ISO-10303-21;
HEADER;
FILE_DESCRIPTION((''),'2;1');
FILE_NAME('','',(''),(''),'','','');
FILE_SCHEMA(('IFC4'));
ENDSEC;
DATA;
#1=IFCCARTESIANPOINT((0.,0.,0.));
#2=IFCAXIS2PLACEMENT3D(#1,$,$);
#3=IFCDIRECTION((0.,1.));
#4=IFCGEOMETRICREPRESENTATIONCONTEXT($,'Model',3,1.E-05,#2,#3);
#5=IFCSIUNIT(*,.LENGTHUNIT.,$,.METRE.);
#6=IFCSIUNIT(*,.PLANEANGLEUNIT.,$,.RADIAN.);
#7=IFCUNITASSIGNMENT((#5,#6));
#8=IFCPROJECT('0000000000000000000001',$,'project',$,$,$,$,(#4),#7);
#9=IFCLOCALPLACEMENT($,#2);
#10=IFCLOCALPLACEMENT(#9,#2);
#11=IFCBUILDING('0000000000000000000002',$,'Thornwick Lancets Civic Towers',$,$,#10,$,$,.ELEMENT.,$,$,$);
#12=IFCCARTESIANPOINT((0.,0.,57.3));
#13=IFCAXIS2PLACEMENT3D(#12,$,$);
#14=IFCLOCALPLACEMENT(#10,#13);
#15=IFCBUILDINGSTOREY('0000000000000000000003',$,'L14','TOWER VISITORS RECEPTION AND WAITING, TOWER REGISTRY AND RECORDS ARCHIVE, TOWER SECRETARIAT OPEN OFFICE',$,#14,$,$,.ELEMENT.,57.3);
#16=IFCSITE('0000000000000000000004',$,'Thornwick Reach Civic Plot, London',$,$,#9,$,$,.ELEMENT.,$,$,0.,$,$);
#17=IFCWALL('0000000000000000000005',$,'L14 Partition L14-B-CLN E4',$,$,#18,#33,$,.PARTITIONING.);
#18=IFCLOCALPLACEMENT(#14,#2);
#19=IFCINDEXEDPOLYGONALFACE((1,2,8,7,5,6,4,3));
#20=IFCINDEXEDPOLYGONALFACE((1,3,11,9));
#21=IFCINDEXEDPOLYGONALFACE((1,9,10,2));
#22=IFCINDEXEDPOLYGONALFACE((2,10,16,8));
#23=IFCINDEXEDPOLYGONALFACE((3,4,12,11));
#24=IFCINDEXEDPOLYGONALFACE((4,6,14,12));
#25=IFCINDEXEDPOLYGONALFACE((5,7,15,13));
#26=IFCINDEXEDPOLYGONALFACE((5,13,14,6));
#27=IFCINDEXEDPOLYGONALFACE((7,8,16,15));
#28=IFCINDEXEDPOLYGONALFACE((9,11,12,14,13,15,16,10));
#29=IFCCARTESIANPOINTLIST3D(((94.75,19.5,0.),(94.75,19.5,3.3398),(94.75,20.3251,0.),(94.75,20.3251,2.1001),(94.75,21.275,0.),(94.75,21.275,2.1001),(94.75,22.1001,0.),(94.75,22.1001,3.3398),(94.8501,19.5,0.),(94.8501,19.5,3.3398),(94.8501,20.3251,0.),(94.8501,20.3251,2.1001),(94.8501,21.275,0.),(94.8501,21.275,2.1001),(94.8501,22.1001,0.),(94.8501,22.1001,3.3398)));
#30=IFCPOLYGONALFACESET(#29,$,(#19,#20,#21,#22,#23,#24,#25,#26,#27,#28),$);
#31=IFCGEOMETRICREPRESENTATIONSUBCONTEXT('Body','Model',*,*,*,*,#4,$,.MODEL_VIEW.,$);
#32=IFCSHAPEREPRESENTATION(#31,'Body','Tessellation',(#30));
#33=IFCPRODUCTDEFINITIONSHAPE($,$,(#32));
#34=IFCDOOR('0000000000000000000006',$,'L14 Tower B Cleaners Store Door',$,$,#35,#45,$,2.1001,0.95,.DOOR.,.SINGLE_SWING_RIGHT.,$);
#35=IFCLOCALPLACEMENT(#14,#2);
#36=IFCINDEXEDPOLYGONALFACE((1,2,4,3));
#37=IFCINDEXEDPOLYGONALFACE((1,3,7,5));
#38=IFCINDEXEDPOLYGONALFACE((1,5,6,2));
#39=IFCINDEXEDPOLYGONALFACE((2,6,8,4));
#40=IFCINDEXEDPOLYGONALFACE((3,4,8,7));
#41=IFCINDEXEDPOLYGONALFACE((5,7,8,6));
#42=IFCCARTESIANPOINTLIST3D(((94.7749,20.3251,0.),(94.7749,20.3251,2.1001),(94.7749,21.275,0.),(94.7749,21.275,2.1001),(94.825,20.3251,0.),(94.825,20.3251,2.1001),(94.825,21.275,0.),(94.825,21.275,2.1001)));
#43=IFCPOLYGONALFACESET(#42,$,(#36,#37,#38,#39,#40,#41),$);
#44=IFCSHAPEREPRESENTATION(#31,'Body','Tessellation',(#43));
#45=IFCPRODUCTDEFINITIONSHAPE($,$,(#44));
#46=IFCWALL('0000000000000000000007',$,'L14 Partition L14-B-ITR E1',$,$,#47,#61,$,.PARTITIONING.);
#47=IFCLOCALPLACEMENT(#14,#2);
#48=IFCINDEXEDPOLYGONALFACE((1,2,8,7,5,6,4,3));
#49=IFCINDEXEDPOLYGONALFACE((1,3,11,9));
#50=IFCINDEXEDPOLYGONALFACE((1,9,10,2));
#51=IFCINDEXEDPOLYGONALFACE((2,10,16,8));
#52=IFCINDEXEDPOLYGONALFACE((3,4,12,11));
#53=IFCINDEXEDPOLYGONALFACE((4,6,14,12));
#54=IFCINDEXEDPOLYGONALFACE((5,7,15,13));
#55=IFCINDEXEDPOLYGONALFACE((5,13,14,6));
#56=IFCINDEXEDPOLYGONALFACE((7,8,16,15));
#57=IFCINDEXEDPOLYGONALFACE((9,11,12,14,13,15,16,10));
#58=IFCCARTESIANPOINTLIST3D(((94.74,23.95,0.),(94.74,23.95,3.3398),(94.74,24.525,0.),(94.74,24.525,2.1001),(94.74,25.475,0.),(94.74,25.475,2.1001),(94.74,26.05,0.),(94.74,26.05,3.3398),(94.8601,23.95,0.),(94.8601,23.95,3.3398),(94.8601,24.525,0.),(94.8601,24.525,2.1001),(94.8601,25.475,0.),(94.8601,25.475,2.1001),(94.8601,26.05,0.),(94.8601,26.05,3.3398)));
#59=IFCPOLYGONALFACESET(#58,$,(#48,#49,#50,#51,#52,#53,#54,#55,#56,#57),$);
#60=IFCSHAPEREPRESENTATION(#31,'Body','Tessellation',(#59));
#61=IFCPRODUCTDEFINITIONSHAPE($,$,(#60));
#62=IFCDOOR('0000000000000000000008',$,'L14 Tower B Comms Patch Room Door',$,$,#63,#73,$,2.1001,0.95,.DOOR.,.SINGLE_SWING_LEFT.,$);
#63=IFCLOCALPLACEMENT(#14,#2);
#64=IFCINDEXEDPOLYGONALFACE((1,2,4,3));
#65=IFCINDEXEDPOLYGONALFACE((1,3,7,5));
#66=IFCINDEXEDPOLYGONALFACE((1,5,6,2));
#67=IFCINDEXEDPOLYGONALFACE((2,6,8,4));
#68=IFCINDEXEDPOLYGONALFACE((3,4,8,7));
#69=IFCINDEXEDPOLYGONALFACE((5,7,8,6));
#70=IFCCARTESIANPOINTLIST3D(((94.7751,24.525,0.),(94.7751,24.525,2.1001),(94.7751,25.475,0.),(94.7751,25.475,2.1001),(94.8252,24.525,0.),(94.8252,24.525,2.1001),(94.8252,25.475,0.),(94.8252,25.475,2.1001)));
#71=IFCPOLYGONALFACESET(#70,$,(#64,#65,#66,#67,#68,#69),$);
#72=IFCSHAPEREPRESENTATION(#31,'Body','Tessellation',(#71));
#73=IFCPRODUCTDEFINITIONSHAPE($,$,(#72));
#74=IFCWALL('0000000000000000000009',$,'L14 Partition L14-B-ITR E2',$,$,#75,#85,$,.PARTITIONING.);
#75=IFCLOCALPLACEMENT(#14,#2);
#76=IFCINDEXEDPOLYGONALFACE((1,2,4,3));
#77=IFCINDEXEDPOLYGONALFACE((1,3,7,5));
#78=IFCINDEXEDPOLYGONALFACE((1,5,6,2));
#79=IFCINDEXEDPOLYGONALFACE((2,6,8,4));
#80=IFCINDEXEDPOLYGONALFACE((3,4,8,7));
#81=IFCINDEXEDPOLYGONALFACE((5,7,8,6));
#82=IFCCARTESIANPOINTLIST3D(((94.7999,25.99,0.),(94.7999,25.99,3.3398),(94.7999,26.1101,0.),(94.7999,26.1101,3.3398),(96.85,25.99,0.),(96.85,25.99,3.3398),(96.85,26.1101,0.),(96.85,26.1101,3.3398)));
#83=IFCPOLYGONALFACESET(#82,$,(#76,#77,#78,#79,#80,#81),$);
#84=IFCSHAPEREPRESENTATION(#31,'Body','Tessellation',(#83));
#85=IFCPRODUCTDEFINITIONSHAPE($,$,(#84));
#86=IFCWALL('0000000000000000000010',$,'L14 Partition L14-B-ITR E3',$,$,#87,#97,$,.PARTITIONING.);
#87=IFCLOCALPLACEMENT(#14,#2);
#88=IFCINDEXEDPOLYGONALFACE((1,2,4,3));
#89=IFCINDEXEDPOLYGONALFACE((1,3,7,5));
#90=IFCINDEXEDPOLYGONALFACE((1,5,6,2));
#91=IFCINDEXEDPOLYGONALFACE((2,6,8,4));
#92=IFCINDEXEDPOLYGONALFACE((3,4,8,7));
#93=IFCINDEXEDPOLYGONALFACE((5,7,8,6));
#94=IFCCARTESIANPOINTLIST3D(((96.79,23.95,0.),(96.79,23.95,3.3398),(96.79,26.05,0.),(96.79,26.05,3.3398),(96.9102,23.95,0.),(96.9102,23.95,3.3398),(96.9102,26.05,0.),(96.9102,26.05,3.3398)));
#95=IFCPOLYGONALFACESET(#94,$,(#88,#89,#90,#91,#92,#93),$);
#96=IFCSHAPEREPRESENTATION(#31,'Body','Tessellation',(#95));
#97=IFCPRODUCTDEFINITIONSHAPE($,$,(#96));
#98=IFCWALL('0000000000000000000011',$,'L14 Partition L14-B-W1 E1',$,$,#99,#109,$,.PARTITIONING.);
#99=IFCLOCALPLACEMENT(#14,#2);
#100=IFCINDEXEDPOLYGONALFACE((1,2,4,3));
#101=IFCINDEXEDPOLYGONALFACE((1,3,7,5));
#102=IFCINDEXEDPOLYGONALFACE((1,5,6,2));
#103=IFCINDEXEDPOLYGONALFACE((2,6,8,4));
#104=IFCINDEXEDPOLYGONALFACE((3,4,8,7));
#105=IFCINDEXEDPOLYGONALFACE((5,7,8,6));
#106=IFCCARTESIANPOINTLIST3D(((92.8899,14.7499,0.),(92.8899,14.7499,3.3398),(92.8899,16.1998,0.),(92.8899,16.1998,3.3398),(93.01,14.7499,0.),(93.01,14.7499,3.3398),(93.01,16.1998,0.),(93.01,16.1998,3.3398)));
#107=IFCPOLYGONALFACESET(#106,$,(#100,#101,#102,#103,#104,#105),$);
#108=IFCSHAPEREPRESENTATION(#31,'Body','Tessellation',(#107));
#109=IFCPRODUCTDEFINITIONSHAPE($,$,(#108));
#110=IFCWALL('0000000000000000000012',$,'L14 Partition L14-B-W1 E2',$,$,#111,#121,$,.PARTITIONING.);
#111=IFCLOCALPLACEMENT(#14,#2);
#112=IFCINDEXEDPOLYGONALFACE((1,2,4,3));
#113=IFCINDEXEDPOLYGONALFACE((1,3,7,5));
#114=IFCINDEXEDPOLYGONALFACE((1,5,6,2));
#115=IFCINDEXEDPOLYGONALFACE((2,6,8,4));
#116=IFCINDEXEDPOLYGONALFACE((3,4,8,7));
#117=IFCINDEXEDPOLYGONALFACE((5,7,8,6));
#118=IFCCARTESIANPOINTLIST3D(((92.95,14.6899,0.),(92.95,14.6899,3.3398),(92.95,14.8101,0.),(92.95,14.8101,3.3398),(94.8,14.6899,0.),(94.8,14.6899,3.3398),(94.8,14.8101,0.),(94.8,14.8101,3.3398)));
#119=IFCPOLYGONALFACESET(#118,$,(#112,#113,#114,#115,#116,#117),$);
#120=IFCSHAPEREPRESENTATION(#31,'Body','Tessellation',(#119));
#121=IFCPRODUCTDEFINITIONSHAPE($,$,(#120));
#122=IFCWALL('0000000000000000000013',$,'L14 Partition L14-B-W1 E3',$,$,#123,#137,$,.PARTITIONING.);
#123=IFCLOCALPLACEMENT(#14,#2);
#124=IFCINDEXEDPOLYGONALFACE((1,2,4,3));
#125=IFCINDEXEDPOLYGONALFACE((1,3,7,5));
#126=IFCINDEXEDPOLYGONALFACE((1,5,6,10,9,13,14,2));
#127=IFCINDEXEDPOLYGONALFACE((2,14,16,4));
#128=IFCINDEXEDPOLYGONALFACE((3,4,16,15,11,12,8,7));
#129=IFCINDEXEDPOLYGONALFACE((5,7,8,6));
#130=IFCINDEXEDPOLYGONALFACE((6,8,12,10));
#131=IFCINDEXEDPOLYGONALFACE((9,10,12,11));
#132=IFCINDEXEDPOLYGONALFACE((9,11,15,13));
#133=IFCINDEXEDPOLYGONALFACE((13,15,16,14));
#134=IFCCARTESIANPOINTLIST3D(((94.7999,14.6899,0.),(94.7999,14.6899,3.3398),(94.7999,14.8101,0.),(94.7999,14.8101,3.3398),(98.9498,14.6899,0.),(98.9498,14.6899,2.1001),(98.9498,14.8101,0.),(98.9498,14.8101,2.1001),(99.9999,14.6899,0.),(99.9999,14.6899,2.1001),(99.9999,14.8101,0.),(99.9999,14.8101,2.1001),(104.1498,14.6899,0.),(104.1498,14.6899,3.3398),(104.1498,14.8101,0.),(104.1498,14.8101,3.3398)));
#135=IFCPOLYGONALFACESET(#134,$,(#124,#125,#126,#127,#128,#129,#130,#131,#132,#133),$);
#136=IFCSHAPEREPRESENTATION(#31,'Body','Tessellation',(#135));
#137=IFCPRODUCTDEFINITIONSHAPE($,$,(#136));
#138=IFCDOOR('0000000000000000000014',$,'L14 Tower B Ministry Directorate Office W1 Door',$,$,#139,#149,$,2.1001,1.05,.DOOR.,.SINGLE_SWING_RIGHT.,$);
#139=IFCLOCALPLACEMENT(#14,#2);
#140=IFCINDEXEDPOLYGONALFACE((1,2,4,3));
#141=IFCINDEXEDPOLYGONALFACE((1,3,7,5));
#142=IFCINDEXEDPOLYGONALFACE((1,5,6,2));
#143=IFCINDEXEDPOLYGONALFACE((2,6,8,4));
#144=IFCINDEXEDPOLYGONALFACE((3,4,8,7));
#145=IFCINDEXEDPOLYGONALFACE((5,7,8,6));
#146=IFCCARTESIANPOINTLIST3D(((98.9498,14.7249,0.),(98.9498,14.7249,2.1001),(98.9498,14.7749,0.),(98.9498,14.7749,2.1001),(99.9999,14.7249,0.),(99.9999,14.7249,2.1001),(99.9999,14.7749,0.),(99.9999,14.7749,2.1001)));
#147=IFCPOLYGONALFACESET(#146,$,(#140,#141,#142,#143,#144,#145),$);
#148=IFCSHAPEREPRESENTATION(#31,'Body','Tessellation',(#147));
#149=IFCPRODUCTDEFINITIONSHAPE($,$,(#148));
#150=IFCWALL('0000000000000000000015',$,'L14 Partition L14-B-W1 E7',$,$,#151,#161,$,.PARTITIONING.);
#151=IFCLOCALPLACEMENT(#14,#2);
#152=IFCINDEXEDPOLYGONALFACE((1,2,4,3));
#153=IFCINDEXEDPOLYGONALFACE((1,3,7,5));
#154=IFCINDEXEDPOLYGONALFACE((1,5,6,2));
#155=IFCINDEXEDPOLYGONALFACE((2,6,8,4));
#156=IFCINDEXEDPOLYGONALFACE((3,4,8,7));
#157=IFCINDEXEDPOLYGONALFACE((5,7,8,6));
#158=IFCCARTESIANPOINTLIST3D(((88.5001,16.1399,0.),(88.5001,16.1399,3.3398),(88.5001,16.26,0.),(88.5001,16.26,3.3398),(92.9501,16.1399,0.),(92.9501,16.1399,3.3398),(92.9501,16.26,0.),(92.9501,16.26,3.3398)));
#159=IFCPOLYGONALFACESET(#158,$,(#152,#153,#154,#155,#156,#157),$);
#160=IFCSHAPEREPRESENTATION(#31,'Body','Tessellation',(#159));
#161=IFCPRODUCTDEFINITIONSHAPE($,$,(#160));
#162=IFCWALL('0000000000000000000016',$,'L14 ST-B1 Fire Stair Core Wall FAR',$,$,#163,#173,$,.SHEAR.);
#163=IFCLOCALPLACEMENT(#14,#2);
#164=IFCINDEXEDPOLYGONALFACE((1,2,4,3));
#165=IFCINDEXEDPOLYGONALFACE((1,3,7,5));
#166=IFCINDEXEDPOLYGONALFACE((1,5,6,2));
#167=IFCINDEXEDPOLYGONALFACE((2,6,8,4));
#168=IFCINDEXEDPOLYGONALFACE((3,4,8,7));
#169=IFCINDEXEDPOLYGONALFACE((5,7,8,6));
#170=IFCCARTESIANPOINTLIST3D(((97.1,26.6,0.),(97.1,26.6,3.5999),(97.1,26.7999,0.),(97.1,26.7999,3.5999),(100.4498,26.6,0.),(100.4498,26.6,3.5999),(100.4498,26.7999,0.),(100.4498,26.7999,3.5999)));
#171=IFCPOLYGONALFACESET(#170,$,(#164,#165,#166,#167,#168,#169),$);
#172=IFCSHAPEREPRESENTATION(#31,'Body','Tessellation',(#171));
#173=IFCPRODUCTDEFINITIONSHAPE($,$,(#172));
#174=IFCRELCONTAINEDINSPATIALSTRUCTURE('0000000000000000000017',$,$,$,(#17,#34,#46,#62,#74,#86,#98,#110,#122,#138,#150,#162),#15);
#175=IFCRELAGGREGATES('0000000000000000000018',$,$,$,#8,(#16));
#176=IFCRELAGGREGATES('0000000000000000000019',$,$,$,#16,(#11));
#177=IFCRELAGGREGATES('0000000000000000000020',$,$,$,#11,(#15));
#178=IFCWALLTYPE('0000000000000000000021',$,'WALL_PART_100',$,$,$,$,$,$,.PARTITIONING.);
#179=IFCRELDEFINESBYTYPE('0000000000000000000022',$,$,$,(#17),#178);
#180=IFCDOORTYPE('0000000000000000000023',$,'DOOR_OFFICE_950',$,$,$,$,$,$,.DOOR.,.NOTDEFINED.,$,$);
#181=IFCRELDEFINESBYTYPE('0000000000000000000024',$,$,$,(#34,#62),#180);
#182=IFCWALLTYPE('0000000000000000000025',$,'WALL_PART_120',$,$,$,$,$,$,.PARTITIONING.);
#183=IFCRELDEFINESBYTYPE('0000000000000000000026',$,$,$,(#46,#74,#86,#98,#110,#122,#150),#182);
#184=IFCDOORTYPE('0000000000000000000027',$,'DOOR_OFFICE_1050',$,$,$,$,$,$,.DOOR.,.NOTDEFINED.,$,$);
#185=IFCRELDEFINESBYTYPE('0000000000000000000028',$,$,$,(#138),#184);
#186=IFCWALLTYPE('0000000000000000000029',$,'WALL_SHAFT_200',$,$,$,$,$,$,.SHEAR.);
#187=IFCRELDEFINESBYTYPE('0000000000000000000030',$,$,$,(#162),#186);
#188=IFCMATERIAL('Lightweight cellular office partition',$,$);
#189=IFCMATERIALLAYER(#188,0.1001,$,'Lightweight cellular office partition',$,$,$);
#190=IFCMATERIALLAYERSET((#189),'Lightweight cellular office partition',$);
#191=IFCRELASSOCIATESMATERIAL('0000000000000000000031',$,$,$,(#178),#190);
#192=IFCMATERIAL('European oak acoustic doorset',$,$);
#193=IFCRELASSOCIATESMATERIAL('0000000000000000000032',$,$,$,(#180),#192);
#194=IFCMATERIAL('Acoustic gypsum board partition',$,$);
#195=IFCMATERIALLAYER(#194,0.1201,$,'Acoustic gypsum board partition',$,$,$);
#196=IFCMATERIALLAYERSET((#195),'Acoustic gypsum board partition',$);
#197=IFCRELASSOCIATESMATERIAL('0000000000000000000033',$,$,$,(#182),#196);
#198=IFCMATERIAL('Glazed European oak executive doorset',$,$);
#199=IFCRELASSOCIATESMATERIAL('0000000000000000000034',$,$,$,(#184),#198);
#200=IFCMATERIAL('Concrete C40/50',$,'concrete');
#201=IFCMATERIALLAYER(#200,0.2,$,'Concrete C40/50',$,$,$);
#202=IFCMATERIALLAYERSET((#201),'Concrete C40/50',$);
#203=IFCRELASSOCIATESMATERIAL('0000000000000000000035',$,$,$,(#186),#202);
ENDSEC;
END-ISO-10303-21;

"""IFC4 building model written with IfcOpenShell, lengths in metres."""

from ifc_helpers import new_model, si_unit, direction, frame, frame_2d, origin, place, context, subcontext, project, spatial, rectangle, extrude, material, layer, layer_set, type_object, element, fill, save


model = new_model("IFC4")

# Units and contexts
model_context = context("Model", 3, precision=1e-05, world=origin(), true_north=direction((0.0, 1.0)))
body_context = subcontext(model_context, "Body", "Model", "MODEL_VIEW")
ifc_project = project(units=[si_unit("LENGTHUNIT", "METRE"), si_unit("PLANEANGLEUNIT", "RADIAN")], contexts=[model_context])

# Site, building, storey
site_placement = place(None, origin())
site = spatial("IfcSite", under=ifc_project, at=site_placement, Name="Thornwick Reach Civic Plot, London", CompositionType="ELEMENT", RefElevation=0.0)
building_placement = place(site_placement, origin())
building = spatial("IfcBuilding", under=site, at=building_placement, Name="Thornwick Lancets Civic Towers", CompositionType="ELEMENT")
storey_placement = place(building_placement, frame((0.0, 0.0, 57.3)))
storey = spatial("IfcBuildingStorey", under=building, at=storey_placement, Name="L14", Description="TOWER VISITORS RECEPTION AND WAITING, TOWER REGISTRY AND RECORDS ARCHIVE, TOWER SECRETARIAT OPEN OFFICE", CompositionType="ELEMENT", Elevation=57.3)

# Shared definitions
ifc_material_1 = material(Name="Lightweight cellular office partition")
ifc_layer_1 = layer(ifc_material_1, 0.1001, Name="Lightweight cellular office partition")
ifc_layer_set_1 = layer_set([ifc_layer_1], Name="Lightweight cellular office partition")
wall_type_1 = type_object("IfcWallType", Name="WALL_PART_100", PredefinedType="PARTITIONING", material=ifc_layer_set_1)

# Walls, openings, doors
wall_1_placement = place(storey_placement, frame((94.8, 22.1001, 0.0), z_axis=(0.0, 0.0, 1.0), x_axis=(0.0, -1.0, 0.0)))
wall_1 = element("IfcWall", 1, at=wall_1_placement, inside=storey, type_object=wall_type_1, Name="L14 Partition L14-B-CLN E4", PredefinedType="PARTITIONING", context=body_context, shape_type="SweptSolid", body=[
    extrude(rectangle(XDim=2.6001, YDim=0.1001, at=frame_2d((1.3, 0.0))), origin(), (0.0, 0.0, 1.0), 3.3398),
])
opening_1_placement = place(wall_1_placement, frame((0.825, 0.0, 0.0)))
opening_1 = element("IfcOpeningElement", 2, at=opening_1_placement, cuts=wall_1, PredefinedType="OPENING", context=body_context, shape_type="SweptSolid", body=[
    extrude(rectangle(XDim=0.95, YDim=2.1001, at=frame_2d((0.4751, 1.05))), frame((0.0, 0.0601, 0.0), z_axis=(0.0, -1.0, 0.0), x_axis=(1.0, 0.0, 0.0)), (0.0, 0.0, 1.0), 0.1201),
])
ifc_material_2 = material(Name="European oak acoustic doorset")
door_type_1 = type_object("IfcDoorType", Name="DOOR_OFFICE_950", OperationType="NOTDEFINED", PredefinedType="DOOR", material=ifc_material_2)
door_1_placement = place(opening_1_placement, origin())
door_1 = element("IfcDoor", 3, at=door_1_placement, inside=storey, type_object=door_type_1, Name="L14 Tower B Cleaners Store Door", OperationType="SINGLE_SWING_RIGHT", OverallHeight=2.1001, OverallWidth=0.95, PredefinedType="DOOR", context=body_context, shape_type="SweptSolid", body=[
    extrude(rectangle(XDim=0.95, YDim=2.1001, at=frame_2d((0.4751, 1.05))), frame((0.0, 0.0249, 0.0), z_axis=(0.0, -1.0, 0.0), x_axis=(1.0, 0.0, 0.0)), (0.0, 0.0, 1.0), 0.05),
])
fill(opening_1, door_1)
ifc_material_3 = material(Name="Acoustic gypsum board partition")
ifc_layer_2 = layer(ifc_material_3, 0.1201, Name="Acoustic gypsum board partition")
ifc_layer_set_2 = layer_set([ifc_layer_2], Name="Acoustic gypsum board partition")
wall_type_2 = type_object("IfcWallType", Name="WALL_PART_120", PredefinedType="PARTITIONING", material=ifc_layer_set_2)
wall_2_placement = place(storey_placement, frame((94.8, 23.95, 0.0), z_axis=(0.0, 0.0, 1.0), x_axis=(0.0, 1.0, 0.0)))
wall_2 = element("IfcWall", 4, at=wall_2_placement, inside=storey, type_object=wall_type_2, Name="L14 Partition L14-B-ITR E1", PredefinedType="PARTITIONING", context=body_context, shape_type="SweptSolid", body=[
    extrude(rectangle(XDim=2.1001, YDim=0.1201, at=frame_2d((1.05, 0.0))), origin(), (0.0, 0.0, 1.0), 3.3398),
])
opening_2_placement = place(wall_2_placement, frame((0.575, 0.0, 0.0)))
opening_2 = element("IfcOpeningElement", 5, at=opening_2_placement, cuts=wall_2, PredefinedType="OPENING", context=body_context, shape_type="SweptSolid", body=[
    extrude(rectangle(XDim=0.95, YDim=2.1001, at=frame_2d((0.4751, 1.05))), frame((0.0, 0.0701, 0.0), z_axis=(0.0, -1.0, 0.0), x_axis=(1.0, 0.0, 0.0)), (0.0, 0.0, 1.0), 0.1401),
])
door_2_placement = place(opening_2_placement, origin())
door_2 = element("IfcDoor", 6, at=door_2_placement, inside=storey, type_object=door_type_1, Name="L14 Tower B Comms Patch Room Door", OperationType="SINGLE_SWING_LEFT", OverallHeight=2.1001, OverallWidth=0.95, PredefinedType="DOOR", context=body_context, shape_type="SweptSolid", body=[
    extrude(rectangle(XDim=0.95, YDim=2.1001, at=frame_2d((0.4751, 1.05))), frame((0.0, 0.0249, 0.0), z_axis=(0.0, -1.0, 0.0), x_axis=(1.0, 0.0, 0.0)), (0.0, 0.0, 1.0), 0.05),
])
fill(opening_2, door_2)

# Walls
wall_3_placement = place(storey_placement, frame((94.8, 26.05, 0.0), z_axis=(0.0, 0.0, 1.0), x_axis=(1.0, 0.0, 0.0)))
element("IfcWall", 7, at=wall_3_placement, inside=storey, type_object=wall_type_2, Name="L14 Partition L14-B-ITR E2", PredefinedType="PARTITIONING", context=body_context, shape_type="SweptSolid", body=[
    extrude(rectangle(XDim=2.05, YDim=0.1201, at=frame_2d((1.0249, 0.0))), origin(), (0.0, 0.0, 1.0), 3.3398),
])
wall_4_placement = place(storey_placement, frame((96.8501, 26.05, 0.0), z_axis=(0.0, 0.0, 1.0), x_axis=(0.0, -1.0, 0.0)))
element("IfcWall", 8, at=wall_4_placement, inside=storey, type_object=wall_type_2, Name="L14 Partition L14-B-ITR E3", PredefinedType="PARTITIONING", context=body_context, shape_type="SweptSolid", body=[
    extrude(rectangle(XDim=2.1001, YDim=0.1201, at=frame_2d((1.05, 0.0))), origin(), (0.0, 0.0, 1.0), 3.3398),
])
wall_5_placement = place(storey_placement, frame((92.95, 16.2, 0.0), z_axis=(0.0, 0.0, 1.0), x_axis=(0.0, -1.0, 0.0)))
element("IfcWall", 9, at=wall_5_placement, inside=storey, type_object=wall_type_2, Name="L14 Partition L14-B-W1 E1", PredefinedType="PARTITIONING", context=body_context, shape_type="SweptSolid", body=[
    extrude(rectangle(XDim=1.45, YDim=0.1201, at=frame_2d((0.7251, 0.0))), origin(), (0.0, 0.0, 1.0), 3.3398),
])
wall_6_placement = place(storey_placement, frame((92.95, 14.75, 0.0), z_axis=(0.0, 0.0, 1.0), x_axis=(1.0, 0.0, 0.0)))
element("IfcWall", 10, at=wall_6_placement, inside=storey, type_object=wall_type_2, Name="L14 Partition L14-B-W1 E2", PredefinedType="PARTITIONING", context=body_context, shape_type="SweptSolid", body=[
    extrude(rectangle(XDim=1.8501, YDim=0.1201, at=frame_2d((0.925, 0.0))), origin(), (0.0, 0.0, 1.0), 3.3398),
])

# Wall, opening, door
wall_7_placement = place(storey_placement, frame((94.8, 14.75, 0.0), z_axis=(0.0, 0.0, 1.0), x_axis=(1.0, 0.0, 0.0)))
wall_7 = element("IfcWall", 11, at=wall_7_placement, inside=storey, type_object=wall_type_2, Name="L14 Partition L14-B-W1 E3", PredefinedType="PARTITIONING", context=body_context, shape_type="SweptSolid", body=[
    extrude(rectangle(XDim=9.3499, YDim=0.1201, at=frame_2d((4.6748, 0.0))), origin(), (0.0, 0.0, 1.0), 3.3398),
])
opening_3_placement = place(wall_7_placement, frame((4.1499, 0.0, 0.0)))
opening_3 = element("IfcOpeningElement", 12, at=opening_3_placement, cuts=wall_7, PredefinedType="OPENING", context=body_context, shape_type="SweptSolid", body=[
    extrude(rectangle(XDim=1.05, YDim=2.1001, at=frame_2d((0.5249, 1.05))), frame((0.0, 0.0701, 0.0), z_axis=(0.0, -1.0, 0.0), x_axis=(1.0, 0.0, 0.0)), (0.0, 0.0, 1.0), 0.1401),
])
ifc_material_4 = material(Name="Glazed European oak executive doorset")
door_type_2 = type_object("IfcDoorType", Name="DOOR_OFFICE_1050", OperationType="NOTDEFINED", PredefinedType="DOOR", material=ifc_material_4)
door_3_placement = place(opening_3_placement, origin())
door_3 = element("IfcDoor", 13, at=door_3_placement, inside=storey, type_object=door_type_2, Name="L14 Tower B Ministry Directorate Office W1 Door", OperationType="SINGLE_SWING_RIGHT", OverallHeight=2.1001, OverallWidth=1.05, PredefinedType="DOOR", context=body_context, shape_type="SweptSolid", body=[
    extrude(rectangle(XDim=1.05, YDim=2.1001, at=frame_2d((0.5249, 1.05))), frame((0.0, 0.0249, 0.0), z_axis=(0.0, -1.0, 0.0), x_axis=(1.0, 0.0, 0.0)), (0.0, 0.0, 1.0), 0.05),
])
fill(opening_3, door_3)

# Walls
wall_8_placement = place(storey_placement, frame((88.5, 16.2, 0.0), z_axis=(0.0, 0.0, 1.0), x_axis=(1.0, 0.0, 0.0)))
element("IfcWall", 14, at=wall_8_placement, inside=storey, type_object=wall_type_2, Name="L14 Partition L14-B-W1 E7", PredefinedType="PARTITIONING", context=body_context, shape_type="SweptSolid", body=[
    extrude(rectangle(XDim=4.45, YDim=0.1201, at=frame_2d((2.2251, 0.0))), origin(), (0.0, 0.0, 1.0), 3.3398),
])
ifc_material_5 = material(Name="Concrete C40/50", Category="concrete")
ifc_layer_3 = layer(ifc_material_5, 0.2, Name="Concrete C40/50")
ifc_layer_set_3 = layer_set([ifc_layer_3], Name="Concrete C40/50")
wall_type_3 = type_object("IfcWallType", Name="WALL_SHAFT_200", PredefinedType="SHEAR", material=ifc_layer_set_3)
wall_9_placement = place(storey_placement, frame((97.1001, 26.7, 0.0), z_axis=(0.0, 0.0, 1.0), x_axis=(1.0, 0.0, 0.0)))
element("IfcWall", 15, at=wall_9_placement, inside=storey, type_object=wall_type_3, Name="L14 ST-B1 Fire Stair Core Wall FAR", PredefinedType="SHEAR", context=body_context, shape_type="SweptSolid", body=[
    extrude(rectangle(XDim=3.3499, YDim=0.2, at=frame_2d((1.6748, 0.0))), origin(), (0.0, 0.0, 1.0), 3.5999),
])

save(model, "model.ifc")
